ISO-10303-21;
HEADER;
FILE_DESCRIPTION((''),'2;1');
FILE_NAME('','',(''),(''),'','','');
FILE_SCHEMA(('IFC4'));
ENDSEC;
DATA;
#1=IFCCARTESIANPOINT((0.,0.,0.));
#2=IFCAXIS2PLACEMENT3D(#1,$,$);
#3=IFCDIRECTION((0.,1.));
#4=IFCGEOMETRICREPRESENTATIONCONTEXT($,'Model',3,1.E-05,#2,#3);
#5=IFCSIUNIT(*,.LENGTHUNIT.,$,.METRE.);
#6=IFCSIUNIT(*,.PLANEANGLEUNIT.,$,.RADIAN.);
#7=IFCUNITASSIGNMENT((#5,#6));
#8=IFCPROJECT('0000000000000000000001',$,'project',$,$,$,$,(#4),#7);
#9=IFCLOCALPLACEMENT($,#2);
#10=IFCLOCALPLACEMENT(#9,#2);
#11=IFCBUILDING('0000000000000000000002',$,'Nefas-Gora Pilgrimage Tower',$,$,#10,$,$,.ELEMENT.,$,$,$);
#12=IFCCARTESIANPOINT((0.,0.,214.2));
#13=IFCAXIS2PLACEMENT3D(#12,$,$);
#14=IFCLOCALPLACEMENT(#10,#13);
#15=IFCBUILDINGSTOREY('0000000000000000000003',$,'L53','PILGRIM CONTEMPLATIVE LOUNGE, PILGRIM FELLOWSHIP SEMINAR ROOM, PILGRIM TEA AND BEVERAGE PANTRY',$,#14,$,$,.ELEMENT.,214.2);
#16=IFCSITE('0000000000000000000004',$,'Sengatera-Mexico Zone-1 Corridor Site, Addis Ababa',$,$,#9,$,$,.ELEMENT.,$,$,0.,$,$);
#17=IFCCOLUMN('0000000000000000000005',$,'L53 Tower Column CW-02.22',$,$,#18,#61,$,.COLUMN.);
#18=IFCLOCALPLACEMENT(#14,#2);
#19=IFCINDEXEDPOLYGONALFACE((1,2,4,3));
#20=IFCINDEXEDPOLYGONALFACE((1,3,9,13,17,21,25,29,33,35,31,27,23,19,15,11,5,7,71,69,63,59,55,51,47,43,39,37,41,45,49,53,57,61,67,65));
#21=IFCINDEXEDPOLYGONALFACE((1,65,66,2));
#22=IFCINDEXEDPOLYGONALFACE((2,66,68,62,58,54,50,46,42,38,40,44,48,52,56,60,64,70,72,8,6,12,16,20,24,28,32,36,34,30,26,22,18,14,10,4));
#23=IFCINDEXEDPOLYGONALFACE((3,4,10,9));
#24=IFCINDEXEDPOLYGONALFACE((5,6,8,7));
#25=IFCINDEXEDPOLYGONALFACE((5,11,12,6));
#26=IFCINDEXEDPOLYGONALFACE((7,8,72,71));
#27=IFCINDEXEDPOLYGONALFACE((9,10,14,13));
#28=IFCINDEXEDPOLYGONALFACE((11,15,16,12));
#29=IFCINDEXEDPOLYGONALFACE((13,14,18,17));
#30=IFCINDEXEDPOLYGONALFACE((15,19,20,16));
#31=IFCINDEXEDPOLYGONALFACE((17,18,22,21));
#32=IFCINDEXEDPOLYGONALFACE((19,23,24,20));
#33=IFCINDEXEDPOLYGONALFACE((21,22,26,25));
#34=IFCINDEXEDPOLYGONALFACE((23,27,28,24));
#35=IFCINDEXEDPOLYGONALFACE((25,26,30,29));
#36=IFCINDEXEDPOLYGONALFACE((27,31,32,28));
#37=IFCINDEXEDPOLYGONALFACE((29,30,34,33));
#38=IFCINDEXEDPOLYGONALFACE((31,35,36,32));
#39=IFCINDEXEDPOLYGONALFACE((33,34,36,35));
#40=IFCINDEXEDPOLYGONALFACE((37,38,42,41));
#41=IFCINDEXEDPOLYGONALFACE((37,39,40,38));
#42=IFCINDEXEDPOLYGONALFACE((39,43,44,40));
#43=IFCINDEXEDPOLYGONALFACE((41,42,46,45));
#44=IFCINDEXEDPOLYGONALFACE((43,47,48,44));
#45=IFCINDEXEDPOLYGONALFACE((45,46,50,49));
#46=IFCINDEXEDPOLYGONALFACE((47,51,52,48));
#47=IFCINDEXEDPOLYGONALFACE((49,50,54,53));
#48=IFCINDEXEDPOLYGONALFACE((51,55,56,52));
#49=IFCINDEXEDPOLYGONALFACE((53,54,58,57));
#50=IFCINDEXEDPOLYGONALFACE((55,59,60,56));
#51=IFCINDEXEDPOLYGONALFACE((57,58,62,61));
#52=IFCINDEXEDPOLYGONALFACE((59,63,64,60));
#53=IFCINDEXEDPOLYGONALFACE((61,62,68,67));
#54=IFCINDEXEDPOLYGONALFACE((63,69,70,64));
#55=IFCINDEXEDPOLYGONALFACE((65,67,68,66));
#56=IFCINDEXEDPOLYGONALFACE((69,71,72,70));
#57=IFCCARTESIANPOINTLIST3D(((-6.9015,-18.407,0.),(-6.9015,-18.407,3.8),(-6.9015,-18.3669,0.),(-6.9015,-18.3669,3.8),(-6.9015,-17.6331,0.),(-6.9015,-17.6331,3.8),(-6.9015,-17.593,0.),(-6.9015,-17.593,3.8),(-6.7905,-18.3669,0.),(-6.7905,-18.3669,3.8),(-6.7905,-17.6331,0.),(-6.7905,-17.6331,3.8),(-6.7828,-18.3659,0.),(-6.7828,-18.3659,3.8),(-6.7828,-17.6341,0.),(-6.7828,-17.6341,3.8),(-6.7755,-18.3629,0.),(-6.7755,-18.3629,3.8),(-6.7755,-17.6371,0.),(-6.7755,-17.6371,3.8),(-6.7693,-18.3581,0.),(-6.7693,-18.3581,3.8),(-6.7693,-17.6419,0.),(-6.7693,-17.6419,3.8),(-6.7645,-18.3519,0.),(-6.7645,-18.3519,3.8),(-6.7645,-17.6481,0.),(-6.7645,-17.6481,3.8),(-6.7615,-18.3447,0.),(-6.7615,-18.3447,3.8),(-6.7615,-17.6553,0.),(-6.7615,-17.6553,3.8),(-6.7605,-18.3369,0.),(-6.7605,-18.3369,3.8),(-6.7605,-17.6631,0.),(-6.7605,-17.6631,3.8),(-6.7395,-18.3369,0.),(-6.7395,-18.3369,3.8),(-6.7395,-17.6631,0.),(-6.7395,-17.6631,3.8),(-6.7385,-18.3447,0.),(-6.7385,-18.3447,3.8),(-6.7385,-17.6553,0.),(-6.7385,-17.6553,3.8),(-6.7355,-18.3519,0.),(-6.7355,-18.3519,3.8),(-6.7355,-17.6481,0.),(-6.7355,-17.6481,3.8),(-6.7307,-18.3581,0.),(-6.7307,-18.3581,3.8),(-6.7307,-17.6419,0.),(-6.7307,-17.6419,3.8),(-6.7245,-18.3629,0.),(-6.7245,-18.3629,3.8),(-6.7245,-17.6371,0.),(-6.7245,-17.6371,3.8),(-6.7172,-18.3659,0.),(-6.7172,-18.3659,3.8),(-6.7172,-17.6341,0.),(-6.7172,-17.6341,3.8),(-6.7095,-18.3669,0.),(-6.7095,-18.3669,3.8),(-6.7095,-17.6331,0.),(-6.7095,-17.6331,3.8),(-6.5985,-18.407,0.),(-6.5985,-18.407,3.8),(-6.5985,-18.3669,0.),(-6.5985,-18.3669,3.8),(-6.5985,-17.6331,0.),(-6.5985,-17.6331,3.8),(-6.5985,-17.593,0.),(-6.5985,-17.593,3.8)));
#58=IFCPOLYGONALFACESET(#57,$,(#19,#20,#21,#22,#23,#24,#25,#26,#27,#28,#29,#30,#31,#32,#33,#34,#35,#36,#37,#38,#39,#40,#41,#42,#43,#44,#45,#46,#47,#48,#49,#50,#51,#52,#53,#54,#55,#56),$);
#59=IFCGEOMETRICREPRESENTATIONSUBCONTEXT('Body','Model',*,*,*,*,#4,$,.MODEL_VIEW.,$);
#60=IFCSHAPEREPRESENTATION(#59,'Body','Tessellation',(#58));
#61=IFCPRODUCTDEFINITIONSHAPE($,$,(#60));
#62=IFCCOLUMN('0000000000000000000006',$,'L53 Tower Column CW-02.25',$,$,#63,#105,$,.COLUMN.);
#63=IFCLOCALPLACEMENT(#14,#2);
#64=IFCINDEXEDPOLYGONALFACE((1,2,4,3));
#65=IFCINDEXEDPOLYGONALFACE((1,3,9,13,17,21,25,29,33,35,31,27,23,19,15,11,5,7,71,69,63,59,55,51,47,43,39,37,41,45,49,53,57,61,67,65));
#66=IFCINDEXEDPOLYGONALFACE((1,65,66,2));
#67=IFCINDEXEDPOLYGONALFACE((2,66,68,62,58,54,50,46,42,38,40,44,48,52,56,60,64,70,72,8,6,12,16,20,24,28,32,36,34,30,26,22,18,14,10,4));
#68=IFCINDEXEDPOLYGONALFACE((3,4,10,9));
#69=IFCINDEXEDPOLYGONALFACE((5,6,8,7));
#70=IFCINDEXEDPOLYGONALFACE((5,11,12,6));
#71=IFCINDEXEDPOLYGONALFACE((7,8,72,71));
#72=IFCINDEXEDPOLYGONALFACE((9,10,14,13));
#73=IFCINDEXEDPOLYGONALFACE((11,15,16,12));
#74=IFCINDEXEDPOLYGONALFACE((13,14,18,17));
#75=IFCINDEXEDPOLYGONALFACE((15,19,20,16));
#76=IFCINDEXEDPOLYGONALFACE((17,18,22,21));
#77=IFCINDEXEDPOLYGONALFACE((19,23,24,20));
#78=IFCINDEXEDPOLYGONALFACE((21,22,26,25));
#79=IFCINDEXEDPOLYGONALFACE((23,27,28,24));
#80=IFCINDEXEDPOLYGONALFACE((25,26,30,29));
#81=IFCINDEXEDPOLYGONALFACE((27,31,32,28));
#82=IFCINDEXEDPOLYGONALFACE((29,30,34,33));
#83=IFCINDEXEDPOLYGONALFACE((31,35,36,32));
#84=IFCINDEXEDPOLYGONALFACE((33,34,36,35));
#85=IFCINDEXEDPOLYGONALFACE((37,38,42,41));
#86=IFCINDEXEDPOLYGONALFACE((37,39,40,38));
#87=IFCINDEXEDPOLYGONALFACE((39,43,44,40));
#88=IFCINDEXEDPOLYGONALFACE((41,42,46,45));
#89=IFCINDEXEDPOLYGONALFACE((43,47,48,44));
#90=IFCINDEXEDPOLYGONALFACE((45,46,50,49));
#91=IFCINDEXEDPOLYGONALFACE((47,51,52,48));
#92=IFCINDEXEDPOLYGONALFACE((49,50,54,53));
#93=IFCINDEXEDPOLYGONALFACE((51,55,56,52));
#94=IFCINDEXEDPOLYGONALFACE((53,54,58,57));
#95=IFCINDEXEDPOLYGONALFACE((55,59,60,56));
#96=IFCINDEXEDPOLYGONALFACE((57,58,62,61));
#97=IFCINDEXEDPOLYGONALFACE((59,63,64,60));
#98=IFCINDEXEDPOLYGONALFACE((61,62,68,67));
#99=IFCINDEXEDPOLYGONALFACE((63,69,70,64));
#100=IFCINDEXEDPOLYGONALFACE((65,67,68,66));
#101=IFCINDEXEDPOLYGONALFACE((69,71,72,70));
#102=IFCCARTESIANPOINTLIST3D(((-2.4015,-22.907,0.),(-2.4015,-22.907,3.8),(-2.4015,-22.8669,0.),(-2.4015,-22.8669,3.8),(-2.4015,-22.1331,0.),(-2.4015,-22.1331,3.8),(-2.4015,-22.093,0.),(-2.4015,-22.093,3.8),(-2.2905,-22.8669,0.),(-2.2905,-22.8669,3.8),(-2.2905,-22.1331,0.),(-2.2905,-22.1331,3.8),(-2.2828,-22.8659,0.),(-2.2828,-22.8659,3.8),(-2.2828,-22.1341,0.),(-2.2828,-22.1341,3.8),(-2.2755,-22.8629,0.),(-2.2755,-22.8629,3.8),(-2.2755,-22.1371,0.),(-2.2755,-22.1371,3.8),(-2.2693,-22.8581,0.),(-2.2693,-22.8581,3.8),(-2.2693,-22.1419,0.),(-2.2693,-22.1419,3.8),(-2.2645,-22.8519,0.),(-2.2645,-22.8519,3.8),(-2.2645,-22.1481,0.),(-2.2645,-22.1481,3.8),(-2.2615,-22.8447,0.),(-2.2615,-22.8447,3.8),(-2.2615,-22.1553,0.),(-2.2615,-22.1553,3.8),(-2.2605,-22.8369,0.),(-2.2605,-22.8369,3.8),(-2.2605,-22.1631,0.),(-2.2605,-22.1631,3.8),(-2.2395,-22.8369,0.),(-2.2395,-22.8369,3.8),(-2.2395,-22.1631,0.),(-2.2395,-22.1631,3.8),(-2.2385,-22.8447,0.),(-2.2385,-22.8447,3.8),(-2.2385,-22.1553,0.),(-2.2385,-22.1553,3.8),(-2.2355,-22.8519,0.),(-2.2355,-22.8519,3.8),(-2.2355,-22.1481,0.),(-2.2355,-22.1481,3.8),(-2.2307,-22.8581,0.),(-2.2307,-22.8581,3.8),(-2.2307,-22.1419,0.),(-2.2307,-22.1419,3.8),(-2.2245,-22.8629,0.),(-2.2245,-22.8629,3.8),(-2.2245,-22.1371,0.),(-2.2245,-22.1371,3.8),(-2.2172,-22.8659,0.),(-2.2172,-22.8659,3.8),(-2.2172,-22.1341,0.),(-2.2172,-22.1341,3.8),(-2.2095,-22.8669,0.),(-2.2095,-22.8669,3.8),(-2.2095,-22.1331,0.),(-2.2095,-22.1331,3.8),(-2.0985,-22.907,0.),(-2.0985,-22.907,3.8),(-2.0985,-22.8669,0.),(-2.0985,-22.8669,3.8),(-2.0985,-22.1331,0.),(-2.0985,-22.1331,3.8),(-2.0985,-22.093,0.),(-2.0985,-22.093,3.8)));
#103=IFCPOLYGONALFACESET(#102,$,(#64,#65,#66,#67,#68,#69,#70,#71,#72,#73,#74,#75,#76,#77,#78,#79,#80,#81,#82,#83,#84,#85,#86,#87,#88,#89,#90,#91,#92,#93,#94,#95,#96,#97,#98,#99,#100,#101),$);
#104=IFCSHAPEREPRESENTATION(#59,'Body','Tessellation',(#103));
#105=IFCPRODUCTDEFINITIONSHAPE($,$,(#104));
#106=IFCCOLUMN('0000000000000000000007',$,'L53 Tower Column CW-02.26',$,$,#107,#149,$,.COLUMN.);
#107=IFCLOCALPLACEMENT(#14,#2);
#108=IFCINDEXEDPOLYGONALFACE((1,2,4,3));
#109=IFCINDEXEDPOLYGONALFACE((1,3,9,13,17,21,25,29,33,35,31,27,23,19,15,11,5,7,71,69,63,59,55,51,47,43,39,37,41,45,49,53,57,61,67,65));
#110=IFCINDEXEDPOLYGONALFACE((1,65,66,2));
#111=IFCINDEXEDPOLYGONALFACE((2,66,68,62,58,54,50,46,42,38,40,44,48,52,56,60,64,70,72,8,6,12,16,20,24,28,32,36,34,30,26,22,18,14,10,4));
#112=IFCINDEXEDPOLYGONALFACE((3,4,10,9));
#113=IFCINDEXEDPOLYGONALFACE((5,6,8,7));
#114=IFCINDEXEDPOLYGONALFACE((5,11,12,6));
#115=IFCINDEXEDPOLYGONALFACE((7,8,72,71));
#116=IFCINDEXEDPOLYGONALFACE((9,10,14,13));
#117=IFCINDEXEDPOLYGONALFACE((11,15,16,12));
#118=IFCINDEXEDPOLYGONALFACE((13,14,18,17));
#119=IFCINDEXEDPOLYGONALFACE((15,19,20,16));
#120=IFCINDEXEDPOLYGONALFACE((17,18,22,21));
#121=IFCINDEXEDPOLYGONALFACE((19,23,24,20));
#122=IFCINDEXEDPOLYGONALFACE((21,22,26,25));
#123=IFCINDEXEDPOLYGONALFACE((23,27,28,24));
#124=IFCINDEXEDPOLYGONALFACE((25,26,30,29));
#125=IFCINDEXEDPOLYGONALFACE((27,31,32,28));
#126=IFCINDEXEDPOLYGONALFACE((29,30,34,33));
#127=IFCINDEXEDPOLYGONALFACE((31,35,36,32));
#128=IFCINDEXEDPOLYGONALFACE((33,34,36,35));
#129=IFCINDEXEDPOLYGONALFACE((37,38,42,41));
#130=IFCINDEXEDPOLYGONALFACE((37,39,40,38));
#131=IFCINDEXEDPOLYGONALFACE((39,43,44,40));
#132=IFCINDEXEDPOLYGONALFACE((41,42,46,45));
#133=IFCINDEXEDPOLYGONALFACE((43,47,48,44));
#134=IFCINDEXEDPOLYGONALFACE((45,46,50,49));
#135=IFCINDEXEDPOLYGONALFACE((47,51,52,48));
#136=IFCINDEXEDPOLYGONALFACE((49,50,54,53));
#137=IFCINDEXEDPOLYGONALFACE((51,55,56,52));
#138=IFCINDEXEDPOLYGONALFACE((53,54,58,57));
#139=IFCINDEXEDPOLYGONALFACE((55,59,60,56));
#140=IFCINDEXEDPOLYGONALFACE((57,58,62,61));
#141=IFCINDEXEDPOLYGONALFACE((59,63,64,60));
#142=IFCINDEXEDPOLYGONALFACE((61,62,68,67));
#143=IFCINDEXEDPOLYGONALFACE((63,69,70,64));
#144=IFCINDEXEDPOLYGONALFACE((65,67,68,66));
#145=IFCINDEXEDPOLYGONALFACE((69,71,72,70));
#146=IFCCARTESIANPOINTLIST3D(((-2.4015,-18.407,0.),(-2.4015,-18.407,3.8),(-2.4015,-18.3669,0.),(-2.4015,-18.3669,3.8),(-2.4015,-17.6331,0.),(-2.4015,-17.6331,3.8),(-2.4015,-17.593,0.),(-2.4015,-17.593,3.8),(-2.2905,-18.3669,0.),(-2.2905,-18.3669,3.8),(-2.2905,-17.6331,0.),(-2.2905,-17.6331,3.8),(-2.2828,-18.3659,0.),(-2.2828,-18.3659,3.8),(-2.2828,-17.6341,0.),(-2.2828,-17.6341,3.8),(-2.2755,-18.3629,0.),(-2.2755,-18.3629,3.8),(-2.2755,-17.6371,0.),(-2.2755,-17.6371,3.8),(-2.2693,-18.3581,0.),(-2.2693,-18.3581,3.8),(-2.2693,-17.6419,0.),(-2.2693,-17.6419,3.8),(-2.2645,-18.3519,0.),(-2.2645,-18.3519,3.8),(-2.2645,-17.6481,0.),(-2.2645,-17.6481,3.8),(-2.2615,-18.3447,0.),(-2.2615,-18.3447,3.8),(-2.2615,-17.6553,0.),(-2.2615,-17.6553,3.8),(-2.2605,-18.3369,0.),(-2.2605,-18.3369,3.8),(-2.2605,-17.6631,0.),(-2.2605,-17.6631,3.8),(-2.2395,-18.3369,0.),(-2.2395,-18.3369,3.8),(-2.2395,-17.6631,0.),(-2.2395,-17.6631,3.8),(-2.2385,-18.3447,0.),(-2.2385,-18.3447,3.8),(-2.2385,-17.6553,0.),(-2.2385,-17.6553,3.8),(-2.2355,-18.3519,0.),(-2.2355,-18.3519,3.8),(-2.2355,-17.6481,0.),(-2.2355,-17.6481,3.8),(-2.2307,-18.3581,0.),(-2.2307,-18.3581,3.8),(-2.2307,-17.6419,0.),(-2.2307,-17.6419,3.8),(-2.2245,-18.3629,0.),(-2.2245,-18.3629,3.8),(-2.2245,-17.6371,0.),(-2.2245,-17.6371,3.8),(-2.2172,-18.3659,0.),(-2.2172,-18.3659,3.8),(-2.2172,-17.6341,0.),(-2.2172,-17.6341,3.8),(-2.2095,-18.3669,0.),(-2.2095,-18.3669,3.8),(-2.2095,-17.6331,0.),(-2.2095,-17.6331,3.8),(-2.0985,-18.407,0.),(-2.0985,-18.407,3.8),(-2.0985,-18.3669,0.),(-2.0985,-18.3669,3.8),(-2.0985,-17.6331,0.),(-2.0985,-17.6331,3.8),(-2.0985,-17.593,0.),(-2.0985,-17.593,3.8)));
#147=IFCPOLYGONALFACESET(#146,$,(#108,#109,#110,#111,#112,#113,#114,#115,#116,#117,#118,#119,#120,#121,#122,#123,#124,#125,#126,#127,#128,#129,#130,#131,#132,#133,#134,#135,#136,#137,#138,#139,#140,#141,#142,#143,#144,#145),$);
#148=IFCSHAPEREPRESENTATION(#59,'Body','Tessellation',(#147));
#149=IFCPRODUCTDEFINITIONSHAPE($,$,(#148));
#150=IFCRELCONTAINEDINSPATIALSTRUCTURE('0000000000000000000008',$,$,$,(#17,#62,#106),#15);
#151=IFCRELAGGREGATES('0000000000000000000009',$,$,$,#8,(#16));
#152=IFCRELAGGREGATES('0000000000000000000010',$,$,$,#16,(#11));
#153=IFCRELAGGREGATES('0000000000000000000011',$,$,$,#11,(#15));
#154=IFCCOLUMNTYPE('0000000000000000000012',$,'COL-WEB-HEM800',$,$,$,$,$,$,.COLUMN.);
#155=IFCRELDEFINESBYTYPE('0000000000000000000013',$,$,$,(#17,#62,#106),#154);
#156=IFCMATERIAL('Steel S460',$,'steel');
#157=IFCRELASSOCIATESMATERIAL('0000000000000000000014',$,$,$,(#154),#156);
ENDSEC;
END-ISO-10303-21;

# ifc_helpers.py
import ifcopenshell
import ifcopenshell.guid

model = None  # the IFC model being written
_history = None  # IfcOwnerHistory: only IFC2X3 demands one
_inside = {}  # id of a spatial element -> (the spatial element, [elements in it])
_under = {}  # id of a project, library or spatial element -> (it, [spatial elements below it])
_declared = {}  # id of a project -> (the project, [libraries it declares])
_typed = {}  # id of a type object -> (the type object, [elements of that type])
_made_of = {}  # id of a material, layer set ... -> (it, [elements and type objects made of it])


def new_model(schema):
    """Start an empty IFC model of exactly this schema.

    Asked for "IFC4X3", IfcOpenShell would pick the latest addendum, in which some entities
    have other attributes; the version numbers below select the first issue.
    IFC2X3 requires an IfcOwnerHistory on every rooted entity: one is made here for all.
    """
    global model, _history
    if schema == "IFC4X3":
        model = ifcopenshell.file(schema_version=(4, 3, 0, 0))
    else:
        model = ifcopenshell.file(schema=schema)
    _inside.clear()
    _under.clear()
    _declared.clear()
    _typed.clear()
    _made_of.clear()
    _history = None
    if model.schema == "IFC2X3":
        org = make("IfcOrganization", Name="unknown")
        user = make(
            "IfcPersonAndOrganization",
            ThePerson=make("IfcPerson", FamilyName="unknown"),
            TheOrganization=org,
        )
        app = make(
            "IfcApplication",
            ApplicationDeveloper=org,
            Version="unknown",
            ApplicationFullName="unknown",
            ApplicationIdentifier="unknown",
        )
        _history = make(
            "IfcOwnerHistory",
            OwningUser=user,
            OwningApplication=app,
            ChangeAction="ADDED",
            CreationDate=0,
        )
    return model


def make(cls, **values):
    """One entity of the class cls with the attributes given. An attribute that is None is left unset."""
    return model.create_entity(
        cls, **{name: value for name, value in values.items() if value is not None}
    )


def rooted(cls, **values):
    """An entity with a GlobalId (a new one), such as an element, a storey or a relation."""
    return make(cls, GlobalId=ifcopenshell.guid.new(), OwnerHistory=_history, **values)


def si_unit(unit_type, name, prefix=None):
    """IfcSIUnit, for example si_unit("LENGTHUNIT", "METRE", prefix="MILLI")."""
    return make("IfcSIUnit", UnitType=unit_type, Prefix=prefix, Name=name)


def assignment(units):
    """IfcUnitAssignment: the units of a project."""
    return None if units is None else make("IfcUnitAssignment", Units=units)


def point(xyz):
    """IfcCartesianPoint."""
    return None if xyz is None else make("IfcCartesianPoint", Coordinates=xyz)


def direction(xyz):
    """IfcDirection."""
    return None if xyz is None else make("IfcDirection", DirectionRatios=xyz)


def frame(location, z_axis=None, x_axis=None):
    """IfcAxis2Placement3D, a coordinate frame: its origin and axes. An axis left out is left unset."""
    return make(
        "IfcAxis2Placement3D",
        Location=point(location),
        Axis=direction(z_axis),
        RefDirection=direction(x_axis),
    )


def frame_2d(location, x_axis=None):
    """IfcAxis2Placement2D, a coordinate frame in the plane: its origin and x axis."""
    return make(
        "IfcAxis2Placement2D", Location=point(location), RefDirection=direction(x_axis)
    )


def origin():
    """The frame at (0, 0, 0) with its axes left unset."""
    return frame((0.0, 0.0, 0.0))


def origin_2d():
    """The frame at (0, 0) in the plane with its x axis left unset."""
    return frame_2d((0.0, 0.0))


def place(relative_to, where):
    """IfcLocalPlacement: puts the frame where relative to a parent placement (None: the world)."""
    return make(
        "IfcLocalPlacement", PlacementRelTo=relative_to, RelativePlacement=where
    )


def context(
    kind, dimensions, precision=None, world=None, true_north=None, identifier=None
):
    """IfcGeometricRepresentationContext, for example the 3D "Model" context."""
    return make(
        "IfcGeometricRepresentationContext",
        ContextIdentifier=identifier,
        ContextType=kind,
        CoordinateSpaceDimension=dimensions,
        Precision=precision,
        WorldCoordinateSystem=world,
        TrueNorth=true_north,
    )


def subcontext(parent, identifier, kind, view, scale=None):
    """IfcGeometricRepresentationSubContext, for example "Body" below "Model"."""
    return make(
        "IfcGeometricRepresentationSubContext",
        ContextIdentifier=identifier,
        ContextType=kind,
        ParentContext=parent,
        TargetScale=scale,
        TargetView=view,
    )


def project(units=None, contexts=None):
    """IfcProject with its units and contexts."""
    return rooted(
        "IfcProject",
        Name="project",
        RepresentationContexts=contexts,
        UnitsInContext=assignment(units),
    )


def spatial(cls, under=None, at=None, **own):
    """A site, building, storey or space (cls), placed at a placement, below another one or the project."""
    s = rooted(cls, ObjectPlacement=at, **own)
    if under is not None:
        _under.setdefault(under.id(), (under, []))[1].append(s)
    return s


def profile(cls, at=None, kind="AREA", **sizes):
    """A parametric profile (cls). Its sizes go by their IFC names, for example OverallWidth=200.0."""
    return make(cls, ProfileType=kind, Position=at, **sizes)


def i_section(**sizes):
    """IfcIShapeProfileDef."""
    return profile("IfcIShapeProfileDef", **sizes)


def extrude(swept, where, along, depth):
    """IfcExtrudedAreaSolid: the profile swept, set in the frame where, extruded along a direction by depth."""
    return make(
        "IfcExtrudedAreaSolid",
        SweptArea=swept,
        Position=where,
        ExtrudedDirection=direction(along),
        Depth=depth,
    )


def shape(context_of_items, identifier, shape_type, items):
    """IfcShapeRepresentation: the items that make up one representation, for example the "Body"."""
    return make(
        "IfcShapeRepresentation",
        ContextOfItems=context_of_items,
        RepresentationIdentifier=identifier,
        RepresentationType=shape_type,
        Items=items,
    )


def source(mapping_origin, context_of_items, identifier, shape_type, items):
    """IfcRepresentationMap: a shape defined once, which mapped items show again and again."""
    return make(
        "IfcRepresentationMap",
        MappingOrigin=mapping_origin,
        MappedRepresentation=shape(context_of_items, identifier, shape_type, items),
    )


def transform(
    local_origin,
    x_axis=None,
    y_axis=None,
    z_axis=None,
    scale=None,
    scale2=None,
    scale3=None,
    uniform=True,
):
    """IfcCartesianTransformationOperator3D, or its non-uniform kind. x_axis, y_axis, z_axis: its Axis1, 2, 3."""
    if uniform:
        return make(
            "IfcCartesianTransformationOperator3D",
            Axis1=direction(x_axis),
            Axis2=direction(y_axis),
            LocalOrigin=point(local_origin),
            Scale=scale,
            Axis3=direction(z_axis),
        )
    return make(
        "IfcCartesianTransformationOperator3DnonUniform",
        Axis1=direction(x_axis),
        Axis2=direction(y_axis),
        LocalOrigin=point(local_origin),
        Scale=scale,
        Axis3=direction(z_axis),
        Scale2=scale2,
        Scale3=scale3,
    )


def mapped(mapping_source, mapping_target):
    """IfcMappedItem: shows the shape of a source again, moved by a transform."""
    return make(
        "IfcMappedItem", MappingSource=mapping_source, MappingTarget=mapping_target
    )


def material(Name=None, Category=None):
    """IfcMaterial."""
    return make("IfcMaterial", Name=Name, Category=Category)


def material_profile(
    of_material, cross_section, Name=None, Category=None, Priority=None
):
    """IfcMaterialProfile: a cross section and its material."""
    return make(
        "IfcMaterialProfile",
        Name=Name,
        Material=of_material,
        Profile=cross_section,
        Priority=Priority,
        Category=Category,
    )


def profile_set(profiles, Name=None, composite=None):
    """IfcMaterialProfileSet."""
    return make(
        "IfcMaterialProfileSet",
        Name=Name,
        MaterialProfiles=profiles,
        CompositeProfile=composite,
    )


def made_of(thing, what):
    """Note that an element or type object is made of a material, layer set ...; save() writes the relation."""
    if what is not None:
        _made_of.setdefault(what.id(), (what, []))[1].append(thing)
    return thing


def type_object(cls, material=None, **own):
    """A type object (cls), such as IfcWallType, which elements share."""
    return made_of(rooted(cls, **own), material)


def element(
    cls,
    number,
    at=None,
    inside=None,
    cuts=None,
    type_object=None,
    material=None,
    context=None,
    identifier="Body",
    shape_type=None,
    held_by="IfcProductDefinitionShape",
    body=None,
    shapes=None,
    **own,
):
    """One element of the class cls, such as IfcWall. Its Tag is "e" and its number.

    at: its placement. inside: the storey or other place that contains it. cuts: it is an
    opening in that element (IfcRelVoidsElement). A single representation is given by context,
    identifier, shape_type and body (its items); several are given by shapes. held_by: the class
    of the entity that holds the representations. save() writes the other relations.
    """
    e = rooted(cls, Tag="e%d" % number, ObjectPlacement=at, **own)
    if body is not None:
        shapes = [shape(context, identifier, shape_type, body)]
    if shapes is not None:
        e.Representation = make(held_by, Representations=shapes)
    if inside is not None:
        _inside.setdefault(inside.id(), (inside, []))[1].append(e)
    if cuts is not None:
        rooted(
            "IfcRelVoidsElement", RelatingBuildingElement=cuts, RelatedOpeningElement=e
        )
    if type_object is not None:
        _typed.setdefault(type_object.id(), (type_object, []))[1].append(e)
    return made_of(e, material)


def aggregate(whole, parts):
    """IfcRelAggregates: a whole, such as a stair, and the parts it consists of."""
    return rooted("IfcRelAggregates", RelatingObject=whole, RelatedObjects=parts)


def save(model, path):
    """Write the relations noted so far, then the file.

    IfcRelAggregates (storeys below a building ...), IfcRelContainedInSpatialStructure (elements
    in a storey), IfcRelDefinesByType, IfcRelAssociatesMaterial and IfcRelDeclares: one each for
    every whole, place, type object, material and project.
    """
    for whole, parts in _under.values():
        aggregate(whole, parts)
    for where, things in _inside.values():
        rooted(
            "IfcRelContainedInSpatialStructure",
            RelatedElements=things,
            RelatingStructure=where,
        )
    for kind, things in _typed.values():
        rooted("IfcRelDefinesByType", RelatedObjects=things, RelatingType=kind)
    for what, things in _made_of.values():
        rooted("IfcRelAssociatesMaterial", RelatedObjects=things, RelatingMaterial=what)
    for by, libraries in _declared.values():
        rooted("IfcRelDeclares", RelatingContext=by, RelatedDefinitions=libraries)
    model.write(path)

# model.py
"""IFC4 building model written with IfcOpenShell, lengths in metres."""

from ifc_helpers import new_model, si_unit, direction, frame, origin, origin_2d, place, context, subcontext, project, spatial, i_section, extrude, source, transform, mapped, material, material_profile, profile_set, type_object, element, save


model = new_model("IFC4")

# Units and contexts
model_context = context("Model", 3, precision=1e-05, world=origin(), true_north=direction((0.0, 1.0)))
body_context = subcontext(model_context, "Body", "Model", "MODEL_VIEW")
ifc_project = project(units=[si_unit("LENGTHUNIT", "METRE"), si_unit("PLANEANGLEUNIT", "RADIAN")], contexts=[model_context])

# Site, building, storey
site_placement = place(None, origin())
site = spatial("IfcSite", under=ifc_project, at=site_placement, Name="Sengatera-Mexico Zone-1 Corridor Site, Addis Ababa", CompositionType="ELEMENT", RefElevation=0.0)
building_placement = place(site_placement, origin())
building = spatial("IfcBuilding", under=site, at=building_placement, Name="Nefas-Gora Pilgrimage Tower", CompositionType="ELEMENT")
storey_placement = place(building_placement, frame((0.0, 0.0, 214.2)))
storey = spatial("IfcBuildingStorey", under=building, at=storey_placement, Name="L53", Description="PILGRIM CONTEMPLATIVE LOUNGE, PILGRIM FELLOWSHIP SEMINAR ROOM, PILGRIM TEA AND BEVERAGE PANTRY", CompositionType="ELEMENT", Elevation=214.2)

# Columns
ifc_material_1 = material(Name="Steel S460", Category="steel")
ifc_material_profile_1 = material_profile(ifc_material_1, i_section(OverallWidth=0.303, OverallDepth=0.814, WebThickness=0.021, FlangeThickness=0.04, FilletRadius=0.03, at=origin_2d()), Name="HEM 800")
ifc_profile_set_1 = profile_set([ifc_material_profile_1], Name="Steel S460")
column_type_1 = type_object("IfcColumnType", Name="COL-WEB-HEM800", PredefinedType="COLUMN", material=ifc_profile_set_1)
shared_shape_1 = source(origin(), body_context, "Body", "SweptSolid", [
    extrude(i_section(OverallWidth=0.303, OverallDepth=0.814, WebThickness=0.021, FlangeThickness=0.04, FilletRadius=0.03, at=origin_2d()), origin(), (0.0, 0.0, 1.0), 3.8),
])
for number, where, z_axis, x_axis, name in (
    (1, (-6.75, -18.0, 0.0), (0.0, 0.0, 1.0), (1.0, 0.0, 0.0), "L53 Tower Column CW-02.22"),
    (2, (-2.25, -22.5, 0.0), (0.0, 0.0, 1.0), (1.0, 0.0, 0.0), "L53 Tower Column CW-02.25"),
    (3, (-2.25, -18.0, 0.0), (0.0, 0.0, 1.0), (1.0, 0.0, 0.0), "L53 Tower Column CW-02.26"),
):
    element("IfcColumn", number, at=place(storey_placement, frame(where, z_axis=z_axis, x_axis=x_axis)), inside=storey, type_object=column_type_1, Name=name, PredefinedType="COLUMN", context=body_context, shape_type="MappedRepresentation", body=[
        mapped(shared_shape_1, transform((0.0, 0.0, 0.0), x_axis=(1.0, 0.0, 0.0), y_axis=(0.0, 1.0, 0.0), z_axis=(0.0, 0.0, 1.0), scale=1.0)),
    ])

save(model, "model.ifc")
